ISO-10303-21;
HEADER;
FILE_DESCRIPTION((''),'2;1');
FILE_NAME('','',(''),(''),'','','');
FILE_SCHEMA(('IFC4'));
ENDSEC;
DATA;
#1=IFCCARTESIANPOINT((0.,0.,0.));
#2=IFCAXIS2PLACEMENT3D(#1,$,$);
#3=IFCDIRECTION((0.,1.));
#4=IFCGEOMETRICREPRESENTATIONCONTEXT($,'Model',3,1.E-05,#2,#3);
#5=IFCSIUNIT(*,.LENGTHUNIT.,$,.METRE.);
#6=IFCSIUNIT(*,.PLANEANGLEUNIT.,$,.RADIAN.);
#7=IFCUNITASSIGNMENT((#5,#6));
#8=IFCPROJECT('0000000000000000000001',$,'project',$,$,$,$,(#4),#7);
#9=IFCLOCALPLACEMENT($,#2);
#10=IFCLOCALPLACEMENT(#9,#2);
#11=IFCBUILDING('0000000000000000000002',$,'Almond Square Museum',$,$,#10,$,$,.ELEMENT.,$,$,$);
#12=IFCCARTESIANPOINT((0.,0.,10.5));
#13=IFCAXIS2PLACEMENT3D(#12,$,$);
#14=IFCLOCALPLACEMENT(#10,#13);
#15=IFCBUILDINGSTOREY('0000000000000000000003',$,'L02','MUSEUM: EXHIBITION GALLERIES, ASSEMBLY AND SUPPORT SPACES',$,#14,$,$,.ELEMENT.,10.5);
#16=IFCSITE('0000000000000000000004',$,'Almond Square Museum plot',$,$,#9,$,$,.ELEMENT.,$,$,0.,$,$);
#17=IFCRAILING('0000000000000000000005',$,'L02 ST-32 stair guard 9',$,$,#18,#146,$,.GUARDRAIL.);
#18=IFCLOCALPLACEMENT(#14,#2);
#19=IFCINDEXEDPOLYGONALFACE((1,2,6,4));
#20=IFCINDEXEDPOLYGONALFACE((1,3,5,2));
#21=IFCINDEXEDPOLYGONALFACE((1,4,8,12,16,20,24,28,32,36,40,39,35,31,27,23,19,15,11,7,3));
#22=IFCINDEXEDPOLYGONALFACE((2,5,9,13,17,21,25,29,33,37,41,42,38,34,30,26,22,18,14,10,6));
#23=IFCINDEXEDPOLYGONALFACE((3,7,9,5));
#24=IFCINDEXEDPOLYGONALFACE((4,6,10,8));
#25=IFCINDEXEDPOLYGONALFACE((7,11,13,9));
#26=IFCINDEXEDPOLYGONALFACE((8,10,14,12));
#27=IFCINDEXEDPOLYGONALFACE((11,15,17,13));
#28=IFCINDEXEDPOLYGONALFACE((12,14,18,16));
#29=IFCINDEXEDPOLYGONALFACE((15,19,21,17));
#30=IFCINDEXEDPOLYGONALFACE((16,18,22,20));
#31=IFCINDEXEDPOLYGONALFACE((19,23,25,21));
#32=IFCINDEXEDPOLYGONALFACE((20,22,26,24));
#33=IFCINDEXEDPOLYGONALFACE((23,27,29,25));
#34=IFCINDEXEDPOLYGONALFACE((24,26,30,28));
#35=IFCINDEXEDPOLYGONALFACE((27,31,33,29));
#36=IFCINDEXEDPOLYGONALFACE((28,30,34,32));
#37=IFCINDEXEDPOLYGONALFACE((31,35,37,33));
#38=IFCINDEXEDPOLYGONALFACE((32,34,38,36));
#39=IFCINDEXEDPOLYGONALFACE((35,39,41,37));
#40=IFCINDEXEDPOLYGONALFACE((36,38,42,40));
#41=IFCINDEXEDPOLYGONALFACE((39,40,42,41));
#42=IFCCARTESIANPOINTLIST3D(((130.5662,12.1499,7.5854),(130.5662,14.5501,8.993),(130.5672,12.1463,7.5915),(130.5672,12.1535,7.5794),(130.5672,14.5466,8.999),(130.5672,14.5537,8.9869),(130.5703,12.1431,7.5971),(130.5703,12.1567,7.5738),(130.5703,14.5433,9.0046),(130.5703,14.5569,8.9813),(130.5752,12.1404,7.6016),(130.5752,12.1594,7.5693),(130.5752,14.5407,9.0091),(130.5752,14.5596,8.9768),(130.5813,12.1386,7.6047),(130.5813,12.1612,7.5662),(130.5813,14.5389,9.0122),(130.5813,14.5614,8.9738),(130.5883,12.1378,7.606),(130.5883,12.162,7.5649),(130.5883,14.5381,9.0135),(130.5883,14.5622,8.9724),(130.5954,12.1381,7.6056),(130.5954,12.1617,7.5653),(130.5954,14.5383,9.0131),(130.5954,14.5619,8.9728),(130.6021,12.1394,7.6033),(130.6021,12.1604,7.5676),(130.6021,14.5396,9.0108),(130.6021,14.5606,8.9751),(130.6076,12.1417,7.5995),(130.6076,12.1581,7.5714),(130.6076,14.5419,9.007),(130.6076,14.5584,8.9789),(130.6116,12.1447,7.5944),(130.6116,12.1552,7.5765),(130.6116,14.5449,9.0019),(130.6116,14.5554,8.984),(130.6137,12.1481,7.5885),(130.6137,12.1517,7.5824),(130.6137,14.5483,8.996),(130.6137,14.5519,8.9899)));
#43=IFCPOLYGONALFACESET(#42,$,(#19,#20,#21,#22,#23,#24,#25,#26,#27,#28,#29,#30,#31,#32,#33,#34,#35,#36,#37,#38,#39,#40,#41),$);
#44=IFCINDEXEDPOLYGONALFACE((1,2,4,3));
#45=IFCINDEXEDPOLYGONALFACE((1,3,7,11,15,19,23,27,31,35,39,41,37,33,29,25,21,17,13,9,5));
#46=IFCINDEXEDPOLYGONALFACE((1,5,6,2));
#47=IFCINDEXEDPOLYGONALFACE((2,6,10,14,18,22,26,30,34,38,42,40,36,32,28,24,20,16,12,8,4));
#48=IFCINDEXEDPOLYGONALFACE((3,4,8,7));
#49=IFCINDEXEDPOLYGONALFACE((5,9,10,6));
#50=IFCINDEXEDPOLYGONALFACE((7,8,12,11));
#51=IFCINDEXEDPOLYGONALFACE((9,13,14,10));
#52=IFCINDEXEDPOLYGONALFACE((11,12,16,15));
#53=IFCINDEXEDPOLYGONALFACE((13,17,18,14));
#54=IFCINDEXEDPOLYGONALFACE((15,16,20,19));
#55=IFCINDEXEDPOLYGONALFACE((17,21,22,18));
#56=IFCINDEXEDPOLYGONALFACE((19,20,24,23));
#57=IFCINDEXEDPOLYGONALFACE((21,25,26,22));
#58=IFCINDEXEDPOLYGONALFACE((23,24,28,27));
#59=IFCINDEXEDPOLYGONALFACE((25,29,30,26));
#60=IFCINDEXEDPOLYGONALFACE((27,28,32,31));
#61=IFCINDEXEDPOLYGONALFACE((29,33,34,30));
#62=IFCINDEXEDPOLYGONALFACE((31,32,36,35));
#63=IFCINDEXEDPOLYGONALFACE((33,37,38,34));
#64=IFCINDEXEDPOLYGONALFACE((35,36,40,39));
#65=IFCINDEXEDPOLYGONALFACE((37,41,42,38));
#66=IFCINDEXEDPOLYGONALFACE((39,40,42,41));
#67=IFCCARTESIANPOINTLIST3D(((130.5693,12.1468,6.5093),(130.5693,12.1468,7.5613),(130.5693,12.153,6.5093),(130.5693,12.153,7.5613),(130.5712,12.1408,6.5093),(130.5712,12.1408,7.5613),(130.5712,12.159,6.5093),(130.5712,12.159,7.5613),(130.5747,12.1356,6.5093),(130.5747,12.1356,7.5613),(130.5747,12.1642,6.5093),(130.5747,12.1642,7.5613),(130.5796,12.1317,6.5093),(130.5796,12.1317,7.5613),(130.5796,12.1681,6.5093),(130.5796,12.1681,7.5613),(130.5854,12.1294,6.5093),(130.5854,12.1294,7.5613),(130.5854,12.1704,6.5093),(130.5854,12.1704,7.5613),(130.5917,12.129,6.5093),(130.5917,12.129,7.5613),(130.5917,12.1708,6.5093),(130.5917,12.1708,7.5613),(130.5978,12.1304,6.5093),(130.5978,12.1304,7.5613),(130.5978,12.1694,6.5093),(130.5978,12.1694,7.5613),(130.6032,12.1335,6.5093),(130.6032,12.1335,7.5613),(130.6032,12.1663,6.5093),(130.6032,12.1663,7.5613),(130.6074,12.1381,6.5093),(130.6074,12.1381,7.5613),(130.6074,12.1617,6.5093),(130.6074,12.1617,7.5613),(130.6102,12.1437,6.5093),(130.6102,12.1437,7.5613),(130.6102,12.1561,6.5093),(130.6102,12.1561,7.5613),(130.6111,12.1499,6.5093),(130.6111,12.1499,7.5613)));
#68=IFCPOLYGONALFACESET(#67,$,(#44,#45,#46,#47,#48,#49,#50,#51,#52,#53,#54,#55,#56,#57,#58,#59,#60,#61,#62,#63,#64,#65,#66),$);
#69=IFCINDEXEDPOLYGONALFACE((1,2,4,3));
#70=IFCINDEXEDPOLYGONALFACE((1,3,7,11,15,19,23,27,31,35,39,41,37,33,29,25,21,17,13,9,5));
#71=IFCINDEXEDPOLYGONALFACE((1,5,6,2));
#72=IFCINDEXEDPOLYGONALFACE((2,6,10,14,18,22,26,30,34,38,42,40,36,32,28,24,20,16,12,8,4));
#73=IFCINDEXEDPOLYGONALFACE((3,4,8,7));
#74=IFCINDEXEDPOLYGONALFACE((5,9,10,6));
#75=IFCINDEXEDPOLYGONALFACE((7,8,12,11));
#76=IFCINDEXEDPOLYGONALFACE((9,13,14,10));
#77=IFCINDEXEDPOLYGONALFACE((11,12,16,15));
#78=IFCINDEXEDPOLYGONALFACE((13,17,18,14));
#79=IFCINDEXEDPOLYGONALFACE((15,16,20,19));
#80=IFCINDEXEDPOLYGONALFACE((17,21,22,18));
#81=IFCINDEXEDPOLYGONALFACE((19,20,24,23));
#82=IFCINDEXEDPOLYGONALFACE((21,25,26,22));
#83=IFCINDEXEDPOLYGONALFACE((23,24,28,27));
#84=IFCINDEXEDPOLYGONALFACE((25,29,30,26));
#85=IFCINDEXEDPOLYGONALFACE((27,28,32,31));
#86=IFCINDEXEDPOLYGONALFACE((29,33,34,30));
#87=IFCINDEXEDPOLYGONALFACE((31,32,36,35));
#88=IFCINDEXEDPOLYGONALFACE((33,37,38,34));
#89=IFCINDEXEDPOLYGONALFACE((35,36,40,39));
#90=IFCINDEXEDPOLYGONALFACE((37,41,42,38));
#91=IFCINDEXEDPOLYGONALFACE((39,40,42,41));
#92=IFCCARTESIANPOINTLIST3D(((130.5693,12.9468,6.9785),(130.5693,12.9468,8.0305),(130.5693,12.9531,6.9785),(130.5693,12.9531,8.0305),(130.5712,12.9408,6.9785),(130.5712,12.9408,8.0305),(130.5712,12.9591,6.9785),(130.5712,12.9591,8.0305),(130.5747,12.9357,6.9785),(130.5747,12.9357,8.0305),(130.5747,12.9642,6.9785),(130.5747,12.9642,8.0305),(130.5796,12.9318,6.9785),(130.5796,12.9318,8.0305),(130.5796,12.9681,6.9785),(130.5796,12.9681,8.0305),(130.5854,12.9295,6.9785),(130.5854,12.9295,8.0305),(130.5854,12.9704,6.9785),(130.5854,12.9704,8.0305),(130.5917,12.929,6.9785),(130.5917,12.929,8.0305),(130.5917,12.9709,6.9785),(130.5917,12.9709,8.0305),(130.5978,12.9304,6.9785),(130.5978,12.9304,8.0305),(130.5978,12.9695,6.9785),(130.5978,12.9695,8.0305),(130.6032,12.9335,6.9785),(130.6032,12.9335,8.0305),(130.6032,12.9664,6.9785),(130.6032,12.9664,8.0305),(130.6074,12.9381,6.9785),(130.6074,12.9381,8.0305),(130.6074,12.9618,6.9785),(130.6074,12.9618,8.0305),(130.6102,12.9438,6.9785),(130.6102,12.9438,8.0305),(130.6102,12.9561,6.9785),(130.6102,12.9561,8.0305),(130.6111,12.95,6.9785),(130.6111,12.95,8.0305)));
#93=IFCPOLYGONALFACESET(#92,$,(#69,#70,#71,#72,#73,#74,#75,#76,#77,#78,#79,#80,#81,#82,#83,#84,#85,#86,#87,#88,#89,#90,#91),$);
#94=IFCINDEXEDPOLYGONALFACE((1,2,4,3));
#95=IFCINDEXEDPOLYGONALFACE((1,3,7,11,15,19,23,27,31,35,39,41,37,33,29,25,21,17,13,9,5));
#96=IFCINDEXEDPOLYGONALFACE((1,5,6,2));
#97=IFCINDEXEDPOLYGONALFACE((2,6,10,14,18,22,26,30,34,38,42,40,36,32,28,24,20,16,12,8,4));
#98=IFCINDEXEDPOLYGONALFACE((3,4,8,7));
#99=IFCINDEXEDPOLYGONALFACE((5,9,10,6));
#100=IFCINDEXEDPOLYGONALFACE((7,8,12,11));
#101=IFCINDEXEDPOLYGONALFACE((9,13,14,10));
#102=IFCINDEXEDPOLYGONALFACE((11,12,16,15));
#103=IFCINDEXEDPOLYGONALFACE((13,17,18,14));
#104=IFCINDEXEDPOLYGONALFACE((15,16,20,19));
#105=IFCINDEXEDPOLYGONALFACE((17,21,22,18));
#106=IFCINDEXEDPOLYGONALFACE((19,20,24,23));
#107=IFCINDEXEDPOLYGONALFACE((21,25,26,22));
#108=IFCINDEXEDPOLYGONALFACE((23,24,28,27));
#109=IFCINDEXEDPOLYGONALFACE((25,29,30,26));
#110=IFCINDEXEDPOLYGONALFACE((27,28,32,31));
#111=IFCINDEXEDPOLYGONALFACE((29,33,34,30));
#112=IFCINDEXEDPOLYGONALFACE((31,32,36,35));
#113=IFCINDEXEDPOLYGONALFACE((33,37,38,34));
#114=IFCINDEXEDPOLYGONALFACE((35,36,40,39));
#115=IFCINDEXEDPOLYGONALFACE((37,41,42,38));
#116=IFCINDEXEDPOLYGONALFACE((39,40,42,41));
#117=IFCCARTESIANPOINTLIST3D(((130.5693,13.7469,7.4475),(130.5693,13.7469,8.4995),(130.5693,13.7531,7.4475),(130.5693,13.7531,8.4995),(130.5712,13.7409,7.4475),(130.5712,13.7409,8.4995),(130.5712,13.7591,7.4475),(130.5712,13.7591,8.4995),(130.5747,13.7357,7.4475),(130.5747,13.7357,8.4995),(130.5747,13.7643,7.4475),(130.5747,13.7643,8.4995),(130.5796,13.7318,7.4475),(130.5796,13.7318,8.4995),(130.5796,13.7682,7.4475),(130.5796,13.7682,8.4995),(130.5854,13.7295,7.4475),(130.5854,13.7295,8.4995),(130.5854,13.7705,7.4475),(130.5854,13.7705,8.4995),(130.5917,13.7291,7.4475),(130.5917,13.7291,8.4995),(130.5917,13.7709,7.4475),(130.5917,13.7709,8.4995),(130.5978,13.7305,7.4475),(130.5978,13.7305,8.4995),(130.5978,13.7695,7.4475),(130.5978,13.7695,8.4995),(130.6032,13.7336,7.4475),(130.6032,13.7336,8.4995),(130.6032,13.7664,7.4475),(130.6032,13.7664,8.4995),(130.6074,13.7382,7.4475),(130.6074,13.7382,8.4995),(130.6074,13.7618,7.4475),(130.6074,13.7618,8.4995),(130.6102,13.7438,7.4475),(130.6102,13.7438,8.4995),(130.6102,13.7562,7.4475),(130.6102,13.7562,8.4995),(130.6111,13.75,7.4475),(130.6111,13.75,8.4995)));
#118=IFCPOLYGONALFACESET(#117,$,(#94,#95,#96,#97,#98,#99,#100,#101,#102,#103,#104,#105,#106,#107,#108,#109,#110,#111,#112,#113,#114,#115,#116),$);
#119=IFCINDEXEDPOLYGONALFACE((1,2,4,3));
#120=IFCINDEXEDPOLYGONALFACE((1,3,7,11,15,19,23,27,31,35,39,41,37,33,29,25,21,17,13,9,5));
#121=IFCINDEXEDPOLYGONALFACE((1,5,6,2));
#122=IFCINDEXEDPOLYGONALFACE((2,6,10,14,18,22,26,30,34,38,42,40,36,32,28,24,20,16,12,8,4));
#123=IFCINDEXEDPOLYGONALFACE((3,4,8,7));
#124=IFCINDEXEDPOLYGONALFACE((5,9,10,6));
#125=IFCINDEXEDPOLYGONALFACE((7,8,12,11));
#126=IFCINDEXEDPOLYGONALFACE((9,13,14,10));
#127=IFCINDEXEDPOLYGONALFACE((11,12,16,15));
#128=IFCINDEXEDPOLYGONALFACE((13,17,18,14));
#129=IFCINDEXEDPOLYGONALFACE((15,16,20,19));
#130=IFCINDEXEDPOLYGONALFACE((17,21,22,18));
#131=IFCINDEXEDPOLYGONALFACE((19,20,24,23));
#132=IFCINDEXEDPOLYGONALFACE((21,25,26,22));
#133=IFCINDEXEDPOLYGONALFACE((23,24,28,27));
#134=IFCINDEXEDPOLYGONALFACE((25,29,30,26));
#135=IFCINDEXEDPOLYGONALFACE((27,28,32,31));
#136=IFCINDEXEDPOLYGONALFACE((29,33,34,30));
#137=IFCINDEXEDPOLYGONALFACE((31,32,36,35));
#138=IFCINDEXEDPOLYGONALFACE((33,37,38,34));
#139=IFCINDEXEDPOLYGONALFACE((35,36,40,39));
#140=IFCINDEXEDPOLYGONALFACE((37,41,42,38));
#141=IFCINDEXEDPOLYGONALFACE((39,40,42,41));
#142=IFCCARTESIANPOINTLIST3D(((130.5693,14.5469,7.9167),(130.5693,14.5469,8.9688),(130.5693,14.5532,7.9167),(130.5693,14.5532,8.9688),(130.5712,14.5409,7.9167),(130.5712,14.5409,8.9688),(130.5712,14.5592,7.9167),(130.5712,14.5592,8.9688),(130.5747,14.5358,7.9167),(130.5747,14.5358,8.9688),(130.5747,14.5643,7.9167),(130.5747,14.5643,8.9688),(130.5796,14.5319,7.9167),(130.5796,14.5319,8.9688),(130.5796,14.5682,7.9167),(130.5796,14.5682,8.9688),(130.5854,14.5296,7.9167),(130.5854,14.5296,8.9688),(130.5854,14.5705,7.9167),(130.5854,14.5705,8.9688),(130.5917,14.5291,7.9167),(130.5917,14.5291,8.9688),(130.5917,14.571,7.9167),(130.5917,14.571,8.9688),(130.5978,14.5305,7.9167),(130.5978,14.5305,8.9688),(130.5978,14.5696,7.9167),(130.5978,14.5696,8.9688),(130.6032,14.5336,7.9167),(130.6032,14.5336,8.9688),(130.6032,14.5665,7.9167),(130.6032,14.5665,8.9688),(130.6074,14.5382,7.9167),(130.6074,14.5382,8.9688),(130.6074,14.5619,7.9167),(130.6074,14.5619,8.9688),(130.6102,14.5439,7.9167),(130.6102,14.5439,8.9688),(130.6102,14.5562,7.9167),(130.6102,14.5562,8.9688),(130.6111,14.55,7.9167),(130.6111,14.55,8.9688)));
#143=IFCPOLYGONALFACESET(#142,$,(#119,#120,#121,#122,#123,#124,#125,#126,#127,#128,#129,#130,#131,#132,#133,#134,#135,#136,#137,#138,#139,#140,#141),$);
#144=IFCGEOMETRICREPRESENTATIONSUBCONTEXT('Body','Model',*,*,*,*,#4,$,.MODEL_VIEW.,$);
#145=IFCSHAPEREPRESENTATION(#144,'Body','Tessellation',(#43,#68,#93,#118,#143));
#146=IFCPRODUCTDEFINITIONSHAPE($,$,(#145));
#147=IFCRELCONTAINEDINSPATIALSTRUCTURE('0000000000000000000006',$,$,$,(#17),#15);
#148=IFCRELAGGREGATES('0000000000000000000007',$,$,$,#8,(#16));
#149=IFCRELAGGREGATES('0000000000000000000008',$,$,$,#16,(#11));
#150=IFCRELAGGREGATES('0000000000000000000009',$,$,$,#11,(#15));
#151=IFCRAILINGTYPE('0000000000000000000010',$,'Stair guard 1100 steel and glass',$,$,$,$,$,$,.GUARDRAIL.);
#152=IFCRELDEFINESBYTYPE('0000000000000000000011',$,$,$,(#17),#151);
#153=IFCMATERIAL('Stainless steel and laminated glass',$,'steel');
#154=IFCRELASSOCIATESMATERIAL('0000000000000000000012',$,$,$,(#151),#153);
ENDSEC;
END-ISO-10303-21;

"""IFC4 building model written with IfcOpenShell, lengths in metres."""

from ifc_helpers import new_model, si_unit, direction, frame, origin, origin_2d, place, context, subcontext, project, spatial, circle, extrude, material, type_object, element, save


model = new_model("IFC4")

# Units and contexts
model_context = context("Model", 3, precision=1e-05, world=origin(), true_north=direction((0.0, 1.0)))
body_context = subcontext(model_context, "Body", "Model", "MODEL_VIEW")
ifc_project = project(units=[si_unit("LENGTHUNIT", "METRE"), si_unit("PLANEANGLEUNIT", "RADIAN")], contexts=[model_context])

# Site, building, storey
site_placement = place(None, origin())
site = spatial("IfcSite", under=ifc_project, at=site_placement, Name="Almond Square Museum plot", CompositionType="ELEMENT", RefElevation=0.0)
building_placement = place(site_placement, origin())
building = spatial("IfcBuilding", under=site, at=building_placement, Name="Almond Square Museum", CompositionType="ELEMENT")
storey_placement = place(building_placement, frame((0.0, 0.0, 10.5)))
storey = spatial("IfcBuildingStorey", under=building, at=storey_placement, Name="L02", Description="MUSEUM: EXHIBITION GALLERIES, ASSEMBLY AND SUPPORT SPACES", CompositionType="ELEMENT", Elevation=10.5)

# Railing
ifc_material_1 = material(Name="Stainless steel and laminated glass", Category="steel")
railing_type_1 = type_object("IfcRailingType", Name="Stair guard 1100 steel and glass", PredefinedType="GUARDRAIL", material=ifc_material_1)
railing_1_placement = place(storey_placement, frame((130.5901, 12.1499, 6.5093)))
element("IfcRailing", 1, at=railing_1_placement, inside=storey, type_object=railing_type_1, Name="L02 ST-32 stair guard 9", PredefinedType="GUARDRAIL", context=body_context, shape_type="SweptSolid", body=[
    extrude(circle(Radius=0.0239, at=origin_2d()), frame((0.0, 0.0, 1.0762), z_axis=(0.0, 0.862621, 0.50585), x_axis=(-1.0, 0.0, 0.0)), (0.0, 0.0, 1.0), 2.7825),
    extrude(circle(Radius=0.021, at=origin_2d()), origin(), (0.0, 0.0, 1.0), 1.052),
    extrude(circle(Radius=0.021, at=origin_2d()), frame((0.0, 0.8, 0.4692)), (0.0, 0.0, 1.0), 1.052),
    extrude(circle(Radius=0.021, at=origin_2d()), frame((0.0, 1.6001, 0.9382)), (0.0, 0.0, 1.0), 1.052),
    extrude(circle(Radius=0.021, at=origin_2d()), frame((0.0, 2.4001, 1.4075)), (0.0, 0.0, 1.0), 1.052),
])

save(model, "model.ifc")
